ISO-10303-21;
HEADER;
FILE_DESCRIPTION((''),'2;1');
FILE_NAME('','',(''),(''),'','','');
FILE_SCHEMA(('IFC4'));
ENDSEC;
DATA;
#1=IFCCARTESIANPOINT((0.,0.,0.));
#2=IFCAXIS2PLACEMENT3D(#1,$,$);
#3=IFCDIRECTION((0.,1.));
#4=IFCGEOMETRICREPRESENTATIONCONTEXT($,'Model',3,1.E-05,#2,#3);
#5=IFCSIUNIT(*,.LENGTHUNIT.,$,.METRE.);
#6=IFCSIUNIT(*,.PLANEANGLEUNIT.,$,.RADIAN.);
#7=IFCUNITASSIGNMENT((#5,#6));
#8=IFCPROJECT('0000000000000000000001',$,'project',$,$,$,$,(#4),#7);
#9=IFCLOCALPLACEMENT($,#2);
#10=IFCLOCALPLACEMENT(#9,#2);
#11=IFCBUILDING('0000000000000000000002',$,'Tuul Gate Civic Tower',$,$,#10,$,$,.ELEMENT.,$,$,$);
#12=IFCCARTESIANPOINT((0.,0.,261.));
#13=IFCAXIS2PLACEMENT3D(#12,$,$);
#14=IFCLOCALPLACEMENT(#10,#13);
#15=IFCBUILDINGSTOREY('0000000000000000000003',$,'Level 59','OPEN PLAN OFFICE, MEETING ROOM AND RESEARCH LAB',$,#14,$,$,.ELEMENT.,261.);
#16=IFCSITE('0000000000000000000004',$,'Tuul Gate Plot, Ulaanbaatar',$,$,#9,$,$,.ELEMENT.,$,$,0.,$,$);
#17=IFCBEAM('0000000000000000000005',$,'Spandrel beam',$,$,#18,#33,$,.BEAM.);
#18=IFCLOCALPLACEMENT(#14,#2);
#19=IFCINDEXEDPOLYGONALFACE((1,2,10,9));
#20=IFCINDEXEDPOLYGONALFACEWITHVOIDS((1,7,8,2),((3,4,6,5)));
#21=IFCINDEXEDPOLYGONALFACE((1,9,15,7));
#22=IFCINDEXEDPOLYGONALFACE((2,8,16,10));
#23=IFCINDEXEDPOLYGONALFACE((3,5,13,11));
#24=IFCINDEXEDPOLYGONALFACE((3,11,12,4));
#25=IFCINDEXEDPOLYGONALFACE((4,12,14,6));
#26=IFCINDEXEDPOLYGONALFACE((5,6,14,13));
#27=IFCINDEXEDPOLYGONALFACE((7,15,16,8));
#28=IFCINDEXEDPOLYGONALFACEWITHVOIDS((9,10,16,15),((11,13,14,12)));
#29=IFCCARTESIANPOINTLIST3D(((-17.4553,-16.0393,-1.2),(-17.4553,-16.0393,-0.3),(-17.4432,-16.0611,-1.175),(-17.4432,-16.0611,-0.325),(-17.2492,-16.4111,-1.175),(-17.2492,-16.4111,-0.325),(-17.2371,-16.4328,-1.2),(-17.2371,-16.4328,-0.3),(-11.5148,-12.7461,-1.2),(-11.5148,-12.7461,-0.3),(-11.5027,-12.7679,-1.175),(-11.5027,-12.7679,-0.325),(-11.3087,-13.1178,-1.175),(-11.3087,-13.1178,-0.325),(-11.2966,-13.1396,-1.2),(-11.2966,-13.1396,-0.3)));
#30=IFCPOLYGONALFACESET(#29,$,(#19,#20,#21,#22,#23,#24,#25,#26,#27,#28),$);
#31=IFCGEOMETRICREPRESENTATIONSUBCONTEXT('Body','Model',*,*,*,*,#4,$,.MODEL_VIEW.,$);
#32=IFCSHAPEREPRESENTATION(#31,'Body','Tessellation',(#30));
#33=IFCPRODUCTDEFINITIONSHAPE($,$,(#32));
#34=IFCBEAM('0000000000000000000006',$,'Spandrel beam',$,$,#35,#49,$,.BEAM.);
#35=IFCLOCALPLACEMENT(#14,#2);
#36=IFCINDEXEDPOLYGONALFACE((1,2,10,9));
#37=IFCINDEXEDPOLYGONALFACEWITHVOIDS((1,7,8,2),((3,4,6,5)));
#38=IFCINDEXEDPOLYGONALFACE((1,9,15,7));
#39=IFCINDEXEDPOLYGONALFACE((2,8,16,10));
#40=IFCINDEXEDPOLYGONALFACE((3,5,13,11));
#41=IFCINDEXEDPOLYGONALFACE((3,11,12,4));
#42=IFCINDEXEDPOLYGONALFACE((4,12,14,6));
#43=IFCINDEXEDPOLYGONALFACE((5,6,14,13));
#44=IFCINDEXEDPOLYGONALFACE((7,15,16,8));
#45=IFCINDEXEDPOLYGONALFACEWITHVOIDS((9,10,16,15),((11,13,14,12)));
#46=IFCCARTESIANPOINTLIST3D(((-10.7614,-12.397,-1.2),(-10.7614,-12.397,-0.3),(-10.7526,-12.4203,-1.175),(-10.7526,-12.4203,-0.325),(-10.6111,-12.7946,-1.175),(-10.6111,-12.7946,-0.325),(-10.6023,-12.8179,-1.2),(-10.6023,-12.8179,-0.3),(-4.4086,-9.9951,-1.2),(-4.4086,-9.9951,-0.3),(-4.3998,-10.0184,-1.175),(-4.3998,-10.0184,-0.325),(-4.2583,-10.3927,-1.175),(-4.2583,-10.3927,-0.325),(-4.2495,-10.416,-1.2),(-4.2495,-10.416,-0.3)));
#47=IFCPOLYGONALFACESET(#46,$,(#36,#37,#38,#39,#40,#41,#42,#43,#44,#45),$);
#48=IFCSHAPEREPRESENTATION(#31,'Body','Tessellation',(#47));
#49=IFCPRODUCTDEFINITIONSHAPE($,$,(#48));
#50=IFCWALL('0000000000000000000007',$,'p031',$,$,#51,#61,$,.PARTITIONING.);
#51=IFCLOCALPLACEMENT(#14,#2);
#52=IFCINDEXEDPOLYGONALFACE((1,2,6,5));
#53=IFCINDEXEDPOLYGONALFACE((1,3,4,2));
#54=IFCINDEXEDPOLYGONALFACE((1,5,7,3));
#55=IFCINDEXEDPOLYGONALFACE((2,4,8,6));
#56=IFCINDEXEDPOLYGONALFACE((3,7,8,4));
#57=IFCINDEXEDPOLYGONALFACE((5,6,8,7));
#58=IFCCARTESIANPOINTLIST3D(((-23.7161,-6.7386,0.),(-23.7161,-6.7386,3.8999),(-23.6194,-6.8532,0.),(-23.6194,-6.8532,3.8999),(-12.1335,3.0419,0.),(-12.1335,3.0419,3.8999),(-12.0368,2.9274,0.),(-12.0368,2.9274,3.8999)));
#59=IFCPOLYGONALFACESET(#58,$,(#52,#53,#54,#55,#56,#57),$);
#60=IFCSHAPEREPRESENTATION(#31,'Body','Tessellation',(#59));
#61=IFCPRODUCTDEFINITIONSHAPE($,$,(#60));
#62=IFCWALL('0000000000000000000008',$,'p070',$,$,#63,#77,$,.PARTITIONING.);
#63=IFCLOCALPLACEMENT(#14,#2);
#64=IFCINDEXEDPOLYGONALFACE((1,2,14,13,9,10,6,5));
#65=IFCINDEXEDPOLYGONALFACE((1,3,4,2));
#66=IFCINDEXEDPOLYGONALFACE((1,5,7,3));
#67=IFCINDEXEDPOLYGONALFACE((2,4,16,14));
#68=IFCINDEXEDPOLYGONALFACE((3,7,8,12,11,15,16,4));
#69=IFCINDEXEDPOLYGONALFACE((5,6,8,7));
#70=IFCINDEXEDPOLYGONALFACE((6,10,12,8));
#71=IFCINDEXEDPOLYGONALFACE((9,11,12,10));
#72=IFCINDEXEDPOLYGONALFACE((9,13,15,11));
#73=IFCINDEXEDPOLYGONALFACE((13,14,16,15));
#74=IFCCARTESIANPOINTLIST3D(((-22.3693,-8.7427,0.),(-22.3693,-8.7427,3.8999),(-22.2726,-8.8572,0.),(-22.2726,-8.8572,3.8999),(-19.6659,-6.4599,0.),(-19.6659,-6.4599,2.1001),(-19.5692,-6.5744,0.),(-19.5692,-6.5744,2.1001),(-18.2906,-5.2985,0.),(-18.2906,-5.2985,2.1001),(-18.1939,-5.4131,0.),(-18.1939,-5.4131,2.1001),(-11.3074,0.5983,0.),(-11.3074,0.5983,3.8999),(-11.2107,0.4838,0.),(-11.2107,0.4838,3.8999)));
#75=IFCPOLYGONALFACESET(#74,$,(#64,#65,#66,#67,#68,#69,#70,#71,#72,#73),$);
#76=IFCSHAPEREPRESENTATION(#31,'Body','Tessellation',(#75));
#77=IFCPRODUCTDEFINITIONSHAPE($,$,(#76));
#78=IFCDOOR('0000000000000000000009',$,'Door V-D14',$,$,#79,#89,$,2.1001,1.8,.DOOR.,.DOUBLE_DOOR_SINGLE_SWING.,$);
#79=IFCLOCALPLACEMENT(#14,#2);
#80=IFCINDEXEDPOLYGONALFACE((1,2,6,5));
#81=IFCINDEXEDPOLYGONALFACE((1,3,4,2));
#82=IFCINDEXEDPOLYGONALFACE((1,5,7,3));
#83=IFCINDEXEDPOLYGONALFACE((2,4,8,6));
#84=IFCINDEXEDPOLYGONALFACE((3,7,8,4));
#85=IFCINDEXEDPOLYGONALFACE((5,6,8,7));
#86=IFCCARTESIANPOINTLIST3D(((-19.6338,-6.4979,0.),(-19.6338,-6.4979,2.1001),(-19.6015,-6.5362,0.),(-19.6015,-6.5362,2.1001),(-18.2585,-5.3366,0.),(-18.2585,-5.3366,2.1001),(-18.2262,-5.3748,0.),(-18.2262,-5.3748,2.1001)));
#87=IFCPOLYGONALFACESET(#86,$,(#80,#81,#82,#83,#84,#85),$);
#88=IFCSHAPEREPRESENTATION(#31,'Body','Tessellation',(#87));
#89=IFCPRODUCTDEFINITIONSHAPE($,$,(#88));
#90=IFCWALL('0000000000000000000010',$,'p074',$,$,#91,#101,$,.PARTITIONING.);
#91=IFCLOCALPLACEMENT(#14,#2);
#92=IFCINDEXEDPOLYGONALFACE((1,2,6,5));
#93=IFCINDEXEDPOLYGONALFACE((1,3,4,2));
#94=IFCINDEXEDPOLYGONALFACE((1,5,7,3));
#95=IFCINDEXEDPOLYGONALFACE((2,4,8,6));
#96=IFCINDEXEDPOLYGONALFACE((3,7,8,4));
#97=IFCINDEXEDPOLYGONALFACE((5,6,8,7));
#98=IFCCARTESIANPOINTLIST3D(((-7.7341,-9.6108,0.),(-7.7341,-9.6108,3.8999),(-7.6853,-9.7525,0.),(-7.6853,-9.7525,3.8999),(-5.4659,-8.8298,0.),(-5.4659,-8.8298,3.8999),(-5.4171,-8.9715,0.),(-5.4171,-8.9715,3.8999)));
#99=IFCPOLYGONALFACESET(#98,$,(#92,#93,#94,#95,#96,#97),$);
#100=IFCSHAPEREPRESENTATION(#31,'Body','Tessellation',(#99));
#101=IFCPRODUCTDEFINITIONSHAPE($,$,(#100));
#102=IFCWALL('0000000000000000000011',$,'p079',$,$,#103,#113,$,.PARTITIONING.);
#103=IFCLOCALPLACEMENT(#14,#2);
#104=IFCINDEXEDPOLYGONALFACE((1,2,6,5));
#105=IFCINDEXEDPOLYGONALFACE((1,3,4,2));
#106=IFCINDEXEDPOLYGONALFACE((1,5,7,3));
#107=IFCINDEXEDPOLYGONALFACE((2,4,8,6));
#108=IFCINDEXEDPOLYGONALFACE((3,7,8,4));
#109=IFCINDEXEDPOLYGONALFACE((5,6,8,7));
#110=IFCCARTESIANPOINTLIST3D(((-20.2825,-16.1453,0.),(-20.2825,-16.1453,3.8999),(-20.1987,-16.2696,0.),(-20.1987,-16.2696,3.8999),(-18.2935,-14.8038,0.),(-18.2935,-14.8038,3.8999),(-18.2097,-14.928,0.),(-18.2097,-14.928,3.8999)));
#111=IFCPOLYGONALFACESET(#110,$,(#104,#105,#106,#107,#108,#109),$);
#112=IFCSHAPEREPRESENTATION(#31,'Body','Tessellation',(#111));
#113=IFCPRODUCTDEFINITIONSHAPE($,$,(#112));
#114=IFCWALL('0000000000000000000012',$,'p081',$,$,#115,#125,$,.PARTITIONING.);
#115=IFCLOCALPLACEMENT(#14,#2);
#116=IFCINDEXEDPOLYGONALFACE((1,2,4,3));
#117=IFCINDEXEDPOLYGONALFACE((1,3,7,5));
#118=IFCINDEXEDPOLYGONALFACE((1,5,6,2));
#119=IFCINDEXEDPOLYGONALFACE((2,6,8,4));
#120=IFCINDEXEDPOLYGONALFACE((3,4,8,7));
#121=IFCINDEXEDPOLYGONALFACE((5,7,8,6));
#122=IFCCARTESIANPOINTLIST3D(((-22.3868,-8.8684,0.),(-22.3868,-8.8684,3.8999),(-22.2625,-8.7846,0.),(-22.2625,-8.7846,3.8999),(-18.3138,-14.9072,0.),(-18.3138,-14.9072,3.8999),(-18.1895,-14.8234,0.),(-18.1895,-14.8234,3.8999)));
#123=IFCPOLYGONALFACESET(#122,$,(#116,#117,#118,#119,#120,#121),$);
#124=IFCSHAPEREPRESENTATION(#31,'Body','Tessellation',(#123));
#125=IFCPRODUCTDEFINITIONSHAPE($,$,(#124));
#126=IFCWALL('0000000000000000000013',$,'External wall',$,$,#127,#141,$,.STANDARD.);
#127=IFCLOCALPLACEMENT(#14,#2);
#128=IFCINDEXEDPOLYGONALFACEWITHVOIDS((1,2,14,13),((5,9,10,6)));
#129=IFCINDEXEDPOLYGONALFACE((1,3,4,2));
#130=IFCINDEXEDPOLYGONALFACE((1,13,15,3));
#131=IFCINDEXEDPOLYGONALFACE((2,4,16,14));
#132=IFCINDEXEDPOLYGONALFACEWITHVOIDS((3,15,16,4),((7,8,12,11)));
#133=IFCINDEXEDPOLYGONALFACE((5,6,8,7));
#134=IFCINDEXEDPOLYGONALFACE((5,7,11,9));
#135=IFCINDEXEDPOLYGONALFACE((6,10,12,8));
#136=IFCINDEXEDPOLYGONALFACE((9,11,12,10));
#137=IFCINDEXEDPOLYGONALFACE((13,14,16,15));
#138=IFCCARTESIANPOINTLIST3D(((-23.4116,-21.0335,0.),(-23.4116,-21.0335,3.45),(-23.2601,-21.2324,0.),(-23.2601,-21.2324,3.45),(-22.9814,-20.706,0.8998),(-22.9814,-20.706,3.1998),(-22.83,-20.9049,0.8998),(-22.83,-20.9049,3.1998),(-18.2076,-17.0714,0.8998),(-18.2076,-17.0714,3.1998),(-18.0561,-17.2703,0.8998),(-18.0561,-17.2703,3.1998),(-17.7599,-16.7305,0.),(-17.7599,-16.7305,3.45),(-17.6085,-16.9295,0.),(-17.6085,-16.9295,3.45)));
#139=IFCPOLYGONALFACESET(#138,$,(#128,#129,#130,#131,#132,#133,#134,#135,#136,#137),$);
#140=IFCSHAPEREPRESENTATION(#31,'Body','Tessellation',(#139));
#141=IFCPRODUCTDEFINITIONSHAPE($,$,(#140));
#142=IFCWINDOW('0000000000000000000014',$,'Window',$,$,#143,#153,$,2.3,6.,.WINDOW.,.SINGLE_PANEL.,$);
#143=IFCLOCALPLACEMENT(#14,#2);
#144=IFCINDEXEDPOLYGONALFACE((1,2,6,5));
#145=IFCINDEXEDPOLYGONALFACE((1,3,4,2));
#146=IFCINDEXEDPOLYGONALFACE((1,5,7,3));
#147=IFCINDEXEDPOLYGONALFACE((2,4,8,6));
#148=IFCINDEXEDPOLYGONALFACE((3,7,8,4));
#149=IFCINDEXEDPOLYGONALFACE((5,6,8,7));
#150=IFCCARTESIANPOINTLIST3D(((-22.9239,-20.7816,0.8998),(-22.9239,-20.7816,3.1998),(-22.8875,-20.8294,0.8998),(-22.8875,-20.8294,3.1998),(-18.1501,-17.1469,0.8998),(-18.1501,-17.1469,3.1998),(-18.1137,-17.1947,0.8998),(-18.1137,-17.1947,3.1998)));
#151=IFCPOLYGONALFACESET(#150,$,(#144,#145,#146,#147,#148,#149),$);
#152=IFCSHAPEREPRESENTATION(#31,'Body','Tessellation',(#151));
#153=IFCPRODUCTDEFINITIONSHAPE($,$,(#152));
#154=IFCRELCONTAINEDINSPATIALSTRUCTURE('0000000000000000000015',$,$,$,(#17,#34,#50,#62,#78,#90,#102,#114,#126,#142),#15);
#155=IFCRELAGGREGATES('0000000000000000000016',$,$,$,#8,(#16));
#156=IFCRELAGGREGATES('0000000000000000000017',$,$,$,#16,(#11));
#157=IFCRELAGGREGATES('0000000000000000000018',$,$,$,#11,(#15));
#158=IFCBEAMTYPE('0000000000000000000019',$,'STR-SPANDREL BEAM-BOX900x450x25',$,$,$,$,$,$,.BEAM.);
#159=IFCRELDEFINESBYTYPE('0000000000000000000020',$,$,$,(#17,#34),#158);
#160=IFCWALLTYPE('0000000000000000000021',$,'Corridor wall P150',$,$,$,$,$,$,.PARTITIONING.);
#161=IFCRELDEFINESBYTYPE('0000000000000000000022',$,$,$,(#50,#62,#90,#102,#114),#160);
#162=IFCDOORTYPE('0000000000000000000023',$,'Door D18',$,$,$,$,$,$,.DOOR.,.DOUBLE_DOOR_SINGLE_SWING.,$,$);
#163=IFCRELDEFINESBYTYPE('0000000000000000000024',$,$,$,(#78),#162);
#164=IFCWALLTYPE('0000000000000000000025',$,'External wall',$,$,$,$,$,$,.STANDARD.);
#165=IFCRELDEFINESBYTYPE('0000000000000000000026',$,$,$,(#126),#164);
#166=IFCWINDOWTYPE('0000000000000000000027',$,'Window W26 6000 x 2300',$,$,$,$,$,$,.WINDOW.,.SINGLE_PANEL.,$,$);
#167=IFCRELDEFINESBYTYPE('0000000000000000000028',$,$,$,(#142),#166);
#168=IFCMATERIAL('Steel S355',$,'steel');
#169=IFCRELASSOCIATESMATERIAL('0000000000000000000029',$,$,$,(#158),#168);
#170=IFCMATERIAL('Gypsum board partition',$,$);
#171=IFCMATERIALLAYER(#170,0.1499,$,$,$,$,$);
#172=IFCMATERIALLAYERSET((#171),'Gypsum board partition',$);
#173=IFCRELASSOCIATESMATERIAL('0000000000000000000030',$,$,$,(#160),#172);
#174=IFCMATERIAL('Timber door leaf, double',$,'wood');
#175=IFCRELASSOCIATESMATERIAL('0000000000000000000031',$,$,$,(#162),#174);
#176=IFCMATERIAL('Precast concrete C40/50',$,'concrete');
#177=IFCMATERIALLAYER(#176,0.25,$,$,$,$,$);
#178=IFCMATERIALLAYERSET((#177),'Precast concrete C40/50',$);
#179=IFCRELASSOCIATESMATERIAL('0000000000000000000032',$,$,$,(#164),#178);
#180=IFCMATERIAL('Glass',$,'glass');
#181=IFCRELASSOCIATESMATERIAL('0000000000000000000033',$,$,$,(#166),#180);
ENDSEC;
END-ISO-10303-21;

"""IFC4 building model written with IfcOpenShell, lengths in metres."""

from ifc_helpers import new_model, si_unit, direction, frame, frame_2d, origin, origin_2d, place, context, subcontext, project, spatial, rectangle, hollow_rectangle, extrude, material, layer, layer_set, material_profile, profile_set, type_object, element, fill, save


model = new_model("IFC4")

# Units and contexts
model_context = context("Model", 3, precision=1e-05, world=origin(), true_north=direction((0.0, 1.0)))
body_context = subcontext(model_context, "Body", "Model", "MODEL_VIEW")
ifc_project = project(units=[si_unit("LENGTHUNIT", "METRE"), si_unit("PLANEANGLEUNIT", "RADIAN")], contexts=[model_context])

# Site, building, storey
site_placement = place(None, origin())
site = spatial("IfcSite", under=ifc_project, at=site_placement, Name="Tuul Gate Plot, Ulaanbaatar", CompositionType="ELEMENT", RefElevation=0.0)
building_placement = place(site_placement, origin())
building = spatial("IfcBuilding", under=site, at=building_placement, Name="Tuul Gate Civic Tower", CompositionType="ELEMENT")
storey_placement = place(building_placement, frame((0.0, 0.0, 261.0)))
storey = spatial("IfcBuildingStorey", under=building, at=storey_placement, Name="Level 59", Description="OPEN PLAN OFFICE, MEETING ROOM AND RESEARCH LAB", CompositionType="ELEMENT", Elevation=261.0)

# Beams
ifc_material_1 = material(Name="Steel S355", Category="steel")
ifc_material_profile_1 = material_profile(ifc_material_1, hollow_rectangle(XDim=0.45, YDim=0.8999, WallThickness=0.0249, at=origin_2d()), Name="BOX900x450x25")
ifc_profile_set_1 = profile_set([ifc_material_profile_1], Name="Steel S355")
beam_type_1 = type_object("IfcBeamType", Name="STR-SPANDREL BEAM-BOX900x450x25", PredefinedType="BEAM", material=ifc_profile_set_1)
beam_1_placement = place(storey_placement, frame((-17.3462, -16.2361, -0.75), z_axis=(0.874596, 0.484852, 0.0), x_axis=(-0.484852, 0.874596, 0.0)))
element("IfcBeam", 1, at=beam_1_placement, inside=storey, type_object=beam_type_1, Name="Spandrel beam", PredefinedType="BEAM", context=body_context, shape_type="SweptSolid", body=[
    extrude(hollow_rectangle(XDim=0.45, YDim=0.8999, WallThickness=0.0249, at=origin_2d()), origin(), (0.0, 0.0, 1.0), 6.7922),
])
beam_2_placement = place(storey_placement, frame((-10.6819, -12.6074, -0.75), z_axis=(0.935379, 0.353647, 0.0), x_axis=(-0.353647, 0.935379, 0.0)))
element("IfcBeam", 2, at=beam_2_placement, inside=storey, type_object=beam_type_1, Name="Spandrel beam", PredefinedType="BEAM", context=body_context, shape_type="SweptSolid", body=[
    extrude(hollow_rectangle(XDim=0.45, YDim=0.8999, WallThickness=0.0249, at=origin_2d()), origin(), (0.0, 0.0, 1.0), 6.7917),
])

# Wall
ifc_material_2 = material(Name="Gypsum board partition")
ifc_layer_1 = layer(ifc_material_2, 0.1499)
ifc_layer_set_1 = layer_set([ifc_layer_1], Name="Gypsum board partition")
wall_type_1 = type_object("IfcWallType", Name="Corridor wall P150", PredefinedType="PARTITIONING", material=ifc_layer_set_1)
wall_1_placement = place(storey_placement, frame((-23.6677, -6.7959, 0.0), z_axis=(0.0, 0.0, 1.0), x_axis=(0.764039, 0.64517, 0.0)))
element("IfcWall", 3, at=wall_1_placement, inside=storey, type_object=wall_type_1, Name="p031", PredefinedType="PARTITIONING", context=body_context, shape_type="SweptSolid", body=[
    extrude(rectangle(XDim=15.1597, YDim=0.1499, at=frame_2d((7.5798, 0.0))), origin(), (0.0, 0.0, 1.0), 3.8999),
])

# Wall, opening, door
wall_2_placement = place(storey_placement, frame((-22.321, -8.8, 0.0), z_axis=(0.0, 0.0, 1.0), x_axis=(0.764036, 0.645173, 0.0)))
wall_2 = element("IfcWall", 4, at=wall_2_placement, inside=storey, type_object=wall_type_1, Name="p070", PredefinedType="PARTITIONING", context=body_context, shape_type="SweptSolid", body=[
    extrude(rectangle(XDim=14.4783, YDim=0.1499, at=frame_2d((7.2393, 0.0))), origin(), (0.0, 0.0, 1.0), 3.8999),
])
opening_1_placement = place(wall_2_placement, frame((3.5386, 0.0, 0.0)))
opening_1 = element("IfcOpeningElement", 5, at=opening_1_placement, cuts=wall_2, PredefinedType="OPENING", context=body_context, shape_type="SweptSolid", body=[
    extrude(rectangle(XDim=1.8, YDim=2.1001, at=frame_2d((0.8999, 1.05))), frame((0.0, 0.085, 0.0), z_axis=(0.0, -1.0, 0.0), x_axis=(1.0, 0.0, 0.0)), (0.0, 0.0, 1.0), 0.1699),
])
ifc_material_3 = material(Name="Timber door leaf, double", Category="wood")
door_type = type_object("IfcDoorType", Name="Door D18", OperationType="DOUBLE_DOOR_SINGLE_SWING", PredefinedType="DOOR", material=ifc_material_3)
door_placement = place(opening_1_placement, frame((1.8, 0.0, 0.0), z_axis=(0.0, 0.0, 1.0), x_axis=(-1.0, 0.0, 0.0)))
door = element("IfcDoor", 6, at=door_placement, inside=storey, type_object=door_type, Name="Door V-D14", OperationType="DOUBLE_DOOR_SINGLE_SWING", OverallHeight=2.1001, OverallWidth=1.8, PredefinedType="DOOR", context=body_context, shape_type="SweptSolid", body=[
    extrude(rectangle(XDim=1.8, YDim=2.1001, at=frame_2d((0.9001, 1.05))), frame((0.0, 0.0249, 0.0), z_axis=(0.0, -1.0, 0.0), x_axis=(1.0, 0.0, 0.0)), (0.0, 0.0, 1.0), 0.05),
])
fill(opening_1, door)

# Walls
wall_3_placement = place(storey_placement, frame((-7.7097, -9.6816, 0.0), z_axis=(0.0, 0.0, 1.0), x_axis=(0.945523, 0.325555, 0.0)))
element("IfcWall", 7, at=wall_3_placement, inside=storey, type_object=wall_type_1, Name="p074", PredefinedType="PARTITIONING", context=body_context, shape_type="SweptSolid", body=[
    extrude(rectangle(XDim=2.3989, YDim=0.1499, at=frame_2d((1.1995, 0.0))), origin(), (0.0, 0.0, 1.0), 3.8999),
])
wall_4_placement = place(storey_placement, frame((-20.2407, -16.2075, 0.0), z_axis=(0.0, 0.0, 1.0), x_axis=(0.829048, 0.559177, 0.0)))
element("IfcWall", 8, at=wall_4_placement, inside=storey, type_object=wall_type_1, Name="p079", PredefinedType="PARTITIONING", context=body_context, shape_type="SweptSolid", body=[
    extrude(rectangle(XDim=2.3992, YDim=0.1499, at=frame_2d((1.1997, 0.0))), origin(), (0.0, 0.0, 1.0), 3.8999),
])
wall_5_placement = place(storey_placement, frame((-22.3247, -8.8264, 0.0), z_axis=(0.0, 0.0, 1.0), x_axis=(0.559171, -0.829053, 0.0)))
element("IfcWall", 9, at=wall_5_placement, inside=storey, type_object=wall_type_1, Name="p081", PredefinedType="PARTITIONING", context=body_context, shape_type="SweptSolid", body=[
    extrude(rectangle(XDim=7.2839, YDim=0.1499, at=frame_2d((3.6421, 0.0))), origin(), (0.0, 0.0, 1.0), 3.8999),
])

# Wall, opening, window
ifc_material_4 = material(Name="Precast concrete C40/50", Category="concrete")
ifc_layer_2 = layer(ifc_material_4, 0.25)
ifc_layer_set_2 = layer_set([ifc_layer_2], Name="Precast concrete C40/50")
wall_type_2 = type_object("IfcWallType", Name="External wall", PredefinedType="STANDARD", material=ifc_layer_set_2)
wall_6_placement = place(storey_placement, frame((-23.3359, -21.1331, 0.0), z_axis=(0.0, 0.0, 1.0), x_axis=(0.795636, 0.605775, 0.0)))
wall_6 = element("IfcWall", 10, at=wall_6_placement, inside=storey, type_object=wall_type_2, Name="External wall", PredefinedType="STANDARD", context=body_context, shape_type="SweptSolid", body=[
    extrude(rectangle(XDim=7.1033, YDim=0.25, at=frame_2d((3.5518, 0.0))), origin(), (0.0, 0.0, 1.0), 3.45),
])
opening_2_placement = place(wall_6_placement, frame((0.5408, 0.0, 0.8999)))
opening_2 = element("IfcOpeningElement", 11, at=opening_2_placement, cuts=wall_6, PredefinedType="OPENING", context=body_context, shape_type="SweptSolid", body=[
    extrude(rectangle(XDim=6.0, YDim=2.3, at=frame_2d((3.0, 1.1499))), frame((0.0, 0.135, 0.0), z_axis=(0.0, -1.0, 0.0), x_axis=(1.0, 0.0, 0.0)), (0.0, 0.0, 1.0), 0.27),
])
ifc_material_5 = material(Name="Glass", Category="glass")
window_type = type_object("IfcWindowType", Name="Window W26 6000 x 2300", PartitioningType="SINGLE_PANEL", PredefinedType="WINDOW", material=ifc_material_5)
window_1_placement = place(opening_2_placement, origin())
window_1 = element("IfcWindow", 12, at=window_1_placement, inside=storey, type_object=window_type, Name="Window", OverallHeight=2.3, OverallWidth=6.0, PartitioningType="SINGLE_PANEL", PredefinedType="WINDOW", context=body_context, shape_type="SweptSolid", body=[
    extrude(rectangle(XDim=6.0, YDim=2.3, at=frame_2d((3.0, 1.1499))), frame((0.0, 0.03, 0.0), z_axis=(0.0, -1.0, 0.0), x_axis=(1.0, 0.0, 0.0)), (0.0, 0.0, 1.0), 0.0601),
])
fill(opening_2, window_1)

save(model, "model.ifc")
